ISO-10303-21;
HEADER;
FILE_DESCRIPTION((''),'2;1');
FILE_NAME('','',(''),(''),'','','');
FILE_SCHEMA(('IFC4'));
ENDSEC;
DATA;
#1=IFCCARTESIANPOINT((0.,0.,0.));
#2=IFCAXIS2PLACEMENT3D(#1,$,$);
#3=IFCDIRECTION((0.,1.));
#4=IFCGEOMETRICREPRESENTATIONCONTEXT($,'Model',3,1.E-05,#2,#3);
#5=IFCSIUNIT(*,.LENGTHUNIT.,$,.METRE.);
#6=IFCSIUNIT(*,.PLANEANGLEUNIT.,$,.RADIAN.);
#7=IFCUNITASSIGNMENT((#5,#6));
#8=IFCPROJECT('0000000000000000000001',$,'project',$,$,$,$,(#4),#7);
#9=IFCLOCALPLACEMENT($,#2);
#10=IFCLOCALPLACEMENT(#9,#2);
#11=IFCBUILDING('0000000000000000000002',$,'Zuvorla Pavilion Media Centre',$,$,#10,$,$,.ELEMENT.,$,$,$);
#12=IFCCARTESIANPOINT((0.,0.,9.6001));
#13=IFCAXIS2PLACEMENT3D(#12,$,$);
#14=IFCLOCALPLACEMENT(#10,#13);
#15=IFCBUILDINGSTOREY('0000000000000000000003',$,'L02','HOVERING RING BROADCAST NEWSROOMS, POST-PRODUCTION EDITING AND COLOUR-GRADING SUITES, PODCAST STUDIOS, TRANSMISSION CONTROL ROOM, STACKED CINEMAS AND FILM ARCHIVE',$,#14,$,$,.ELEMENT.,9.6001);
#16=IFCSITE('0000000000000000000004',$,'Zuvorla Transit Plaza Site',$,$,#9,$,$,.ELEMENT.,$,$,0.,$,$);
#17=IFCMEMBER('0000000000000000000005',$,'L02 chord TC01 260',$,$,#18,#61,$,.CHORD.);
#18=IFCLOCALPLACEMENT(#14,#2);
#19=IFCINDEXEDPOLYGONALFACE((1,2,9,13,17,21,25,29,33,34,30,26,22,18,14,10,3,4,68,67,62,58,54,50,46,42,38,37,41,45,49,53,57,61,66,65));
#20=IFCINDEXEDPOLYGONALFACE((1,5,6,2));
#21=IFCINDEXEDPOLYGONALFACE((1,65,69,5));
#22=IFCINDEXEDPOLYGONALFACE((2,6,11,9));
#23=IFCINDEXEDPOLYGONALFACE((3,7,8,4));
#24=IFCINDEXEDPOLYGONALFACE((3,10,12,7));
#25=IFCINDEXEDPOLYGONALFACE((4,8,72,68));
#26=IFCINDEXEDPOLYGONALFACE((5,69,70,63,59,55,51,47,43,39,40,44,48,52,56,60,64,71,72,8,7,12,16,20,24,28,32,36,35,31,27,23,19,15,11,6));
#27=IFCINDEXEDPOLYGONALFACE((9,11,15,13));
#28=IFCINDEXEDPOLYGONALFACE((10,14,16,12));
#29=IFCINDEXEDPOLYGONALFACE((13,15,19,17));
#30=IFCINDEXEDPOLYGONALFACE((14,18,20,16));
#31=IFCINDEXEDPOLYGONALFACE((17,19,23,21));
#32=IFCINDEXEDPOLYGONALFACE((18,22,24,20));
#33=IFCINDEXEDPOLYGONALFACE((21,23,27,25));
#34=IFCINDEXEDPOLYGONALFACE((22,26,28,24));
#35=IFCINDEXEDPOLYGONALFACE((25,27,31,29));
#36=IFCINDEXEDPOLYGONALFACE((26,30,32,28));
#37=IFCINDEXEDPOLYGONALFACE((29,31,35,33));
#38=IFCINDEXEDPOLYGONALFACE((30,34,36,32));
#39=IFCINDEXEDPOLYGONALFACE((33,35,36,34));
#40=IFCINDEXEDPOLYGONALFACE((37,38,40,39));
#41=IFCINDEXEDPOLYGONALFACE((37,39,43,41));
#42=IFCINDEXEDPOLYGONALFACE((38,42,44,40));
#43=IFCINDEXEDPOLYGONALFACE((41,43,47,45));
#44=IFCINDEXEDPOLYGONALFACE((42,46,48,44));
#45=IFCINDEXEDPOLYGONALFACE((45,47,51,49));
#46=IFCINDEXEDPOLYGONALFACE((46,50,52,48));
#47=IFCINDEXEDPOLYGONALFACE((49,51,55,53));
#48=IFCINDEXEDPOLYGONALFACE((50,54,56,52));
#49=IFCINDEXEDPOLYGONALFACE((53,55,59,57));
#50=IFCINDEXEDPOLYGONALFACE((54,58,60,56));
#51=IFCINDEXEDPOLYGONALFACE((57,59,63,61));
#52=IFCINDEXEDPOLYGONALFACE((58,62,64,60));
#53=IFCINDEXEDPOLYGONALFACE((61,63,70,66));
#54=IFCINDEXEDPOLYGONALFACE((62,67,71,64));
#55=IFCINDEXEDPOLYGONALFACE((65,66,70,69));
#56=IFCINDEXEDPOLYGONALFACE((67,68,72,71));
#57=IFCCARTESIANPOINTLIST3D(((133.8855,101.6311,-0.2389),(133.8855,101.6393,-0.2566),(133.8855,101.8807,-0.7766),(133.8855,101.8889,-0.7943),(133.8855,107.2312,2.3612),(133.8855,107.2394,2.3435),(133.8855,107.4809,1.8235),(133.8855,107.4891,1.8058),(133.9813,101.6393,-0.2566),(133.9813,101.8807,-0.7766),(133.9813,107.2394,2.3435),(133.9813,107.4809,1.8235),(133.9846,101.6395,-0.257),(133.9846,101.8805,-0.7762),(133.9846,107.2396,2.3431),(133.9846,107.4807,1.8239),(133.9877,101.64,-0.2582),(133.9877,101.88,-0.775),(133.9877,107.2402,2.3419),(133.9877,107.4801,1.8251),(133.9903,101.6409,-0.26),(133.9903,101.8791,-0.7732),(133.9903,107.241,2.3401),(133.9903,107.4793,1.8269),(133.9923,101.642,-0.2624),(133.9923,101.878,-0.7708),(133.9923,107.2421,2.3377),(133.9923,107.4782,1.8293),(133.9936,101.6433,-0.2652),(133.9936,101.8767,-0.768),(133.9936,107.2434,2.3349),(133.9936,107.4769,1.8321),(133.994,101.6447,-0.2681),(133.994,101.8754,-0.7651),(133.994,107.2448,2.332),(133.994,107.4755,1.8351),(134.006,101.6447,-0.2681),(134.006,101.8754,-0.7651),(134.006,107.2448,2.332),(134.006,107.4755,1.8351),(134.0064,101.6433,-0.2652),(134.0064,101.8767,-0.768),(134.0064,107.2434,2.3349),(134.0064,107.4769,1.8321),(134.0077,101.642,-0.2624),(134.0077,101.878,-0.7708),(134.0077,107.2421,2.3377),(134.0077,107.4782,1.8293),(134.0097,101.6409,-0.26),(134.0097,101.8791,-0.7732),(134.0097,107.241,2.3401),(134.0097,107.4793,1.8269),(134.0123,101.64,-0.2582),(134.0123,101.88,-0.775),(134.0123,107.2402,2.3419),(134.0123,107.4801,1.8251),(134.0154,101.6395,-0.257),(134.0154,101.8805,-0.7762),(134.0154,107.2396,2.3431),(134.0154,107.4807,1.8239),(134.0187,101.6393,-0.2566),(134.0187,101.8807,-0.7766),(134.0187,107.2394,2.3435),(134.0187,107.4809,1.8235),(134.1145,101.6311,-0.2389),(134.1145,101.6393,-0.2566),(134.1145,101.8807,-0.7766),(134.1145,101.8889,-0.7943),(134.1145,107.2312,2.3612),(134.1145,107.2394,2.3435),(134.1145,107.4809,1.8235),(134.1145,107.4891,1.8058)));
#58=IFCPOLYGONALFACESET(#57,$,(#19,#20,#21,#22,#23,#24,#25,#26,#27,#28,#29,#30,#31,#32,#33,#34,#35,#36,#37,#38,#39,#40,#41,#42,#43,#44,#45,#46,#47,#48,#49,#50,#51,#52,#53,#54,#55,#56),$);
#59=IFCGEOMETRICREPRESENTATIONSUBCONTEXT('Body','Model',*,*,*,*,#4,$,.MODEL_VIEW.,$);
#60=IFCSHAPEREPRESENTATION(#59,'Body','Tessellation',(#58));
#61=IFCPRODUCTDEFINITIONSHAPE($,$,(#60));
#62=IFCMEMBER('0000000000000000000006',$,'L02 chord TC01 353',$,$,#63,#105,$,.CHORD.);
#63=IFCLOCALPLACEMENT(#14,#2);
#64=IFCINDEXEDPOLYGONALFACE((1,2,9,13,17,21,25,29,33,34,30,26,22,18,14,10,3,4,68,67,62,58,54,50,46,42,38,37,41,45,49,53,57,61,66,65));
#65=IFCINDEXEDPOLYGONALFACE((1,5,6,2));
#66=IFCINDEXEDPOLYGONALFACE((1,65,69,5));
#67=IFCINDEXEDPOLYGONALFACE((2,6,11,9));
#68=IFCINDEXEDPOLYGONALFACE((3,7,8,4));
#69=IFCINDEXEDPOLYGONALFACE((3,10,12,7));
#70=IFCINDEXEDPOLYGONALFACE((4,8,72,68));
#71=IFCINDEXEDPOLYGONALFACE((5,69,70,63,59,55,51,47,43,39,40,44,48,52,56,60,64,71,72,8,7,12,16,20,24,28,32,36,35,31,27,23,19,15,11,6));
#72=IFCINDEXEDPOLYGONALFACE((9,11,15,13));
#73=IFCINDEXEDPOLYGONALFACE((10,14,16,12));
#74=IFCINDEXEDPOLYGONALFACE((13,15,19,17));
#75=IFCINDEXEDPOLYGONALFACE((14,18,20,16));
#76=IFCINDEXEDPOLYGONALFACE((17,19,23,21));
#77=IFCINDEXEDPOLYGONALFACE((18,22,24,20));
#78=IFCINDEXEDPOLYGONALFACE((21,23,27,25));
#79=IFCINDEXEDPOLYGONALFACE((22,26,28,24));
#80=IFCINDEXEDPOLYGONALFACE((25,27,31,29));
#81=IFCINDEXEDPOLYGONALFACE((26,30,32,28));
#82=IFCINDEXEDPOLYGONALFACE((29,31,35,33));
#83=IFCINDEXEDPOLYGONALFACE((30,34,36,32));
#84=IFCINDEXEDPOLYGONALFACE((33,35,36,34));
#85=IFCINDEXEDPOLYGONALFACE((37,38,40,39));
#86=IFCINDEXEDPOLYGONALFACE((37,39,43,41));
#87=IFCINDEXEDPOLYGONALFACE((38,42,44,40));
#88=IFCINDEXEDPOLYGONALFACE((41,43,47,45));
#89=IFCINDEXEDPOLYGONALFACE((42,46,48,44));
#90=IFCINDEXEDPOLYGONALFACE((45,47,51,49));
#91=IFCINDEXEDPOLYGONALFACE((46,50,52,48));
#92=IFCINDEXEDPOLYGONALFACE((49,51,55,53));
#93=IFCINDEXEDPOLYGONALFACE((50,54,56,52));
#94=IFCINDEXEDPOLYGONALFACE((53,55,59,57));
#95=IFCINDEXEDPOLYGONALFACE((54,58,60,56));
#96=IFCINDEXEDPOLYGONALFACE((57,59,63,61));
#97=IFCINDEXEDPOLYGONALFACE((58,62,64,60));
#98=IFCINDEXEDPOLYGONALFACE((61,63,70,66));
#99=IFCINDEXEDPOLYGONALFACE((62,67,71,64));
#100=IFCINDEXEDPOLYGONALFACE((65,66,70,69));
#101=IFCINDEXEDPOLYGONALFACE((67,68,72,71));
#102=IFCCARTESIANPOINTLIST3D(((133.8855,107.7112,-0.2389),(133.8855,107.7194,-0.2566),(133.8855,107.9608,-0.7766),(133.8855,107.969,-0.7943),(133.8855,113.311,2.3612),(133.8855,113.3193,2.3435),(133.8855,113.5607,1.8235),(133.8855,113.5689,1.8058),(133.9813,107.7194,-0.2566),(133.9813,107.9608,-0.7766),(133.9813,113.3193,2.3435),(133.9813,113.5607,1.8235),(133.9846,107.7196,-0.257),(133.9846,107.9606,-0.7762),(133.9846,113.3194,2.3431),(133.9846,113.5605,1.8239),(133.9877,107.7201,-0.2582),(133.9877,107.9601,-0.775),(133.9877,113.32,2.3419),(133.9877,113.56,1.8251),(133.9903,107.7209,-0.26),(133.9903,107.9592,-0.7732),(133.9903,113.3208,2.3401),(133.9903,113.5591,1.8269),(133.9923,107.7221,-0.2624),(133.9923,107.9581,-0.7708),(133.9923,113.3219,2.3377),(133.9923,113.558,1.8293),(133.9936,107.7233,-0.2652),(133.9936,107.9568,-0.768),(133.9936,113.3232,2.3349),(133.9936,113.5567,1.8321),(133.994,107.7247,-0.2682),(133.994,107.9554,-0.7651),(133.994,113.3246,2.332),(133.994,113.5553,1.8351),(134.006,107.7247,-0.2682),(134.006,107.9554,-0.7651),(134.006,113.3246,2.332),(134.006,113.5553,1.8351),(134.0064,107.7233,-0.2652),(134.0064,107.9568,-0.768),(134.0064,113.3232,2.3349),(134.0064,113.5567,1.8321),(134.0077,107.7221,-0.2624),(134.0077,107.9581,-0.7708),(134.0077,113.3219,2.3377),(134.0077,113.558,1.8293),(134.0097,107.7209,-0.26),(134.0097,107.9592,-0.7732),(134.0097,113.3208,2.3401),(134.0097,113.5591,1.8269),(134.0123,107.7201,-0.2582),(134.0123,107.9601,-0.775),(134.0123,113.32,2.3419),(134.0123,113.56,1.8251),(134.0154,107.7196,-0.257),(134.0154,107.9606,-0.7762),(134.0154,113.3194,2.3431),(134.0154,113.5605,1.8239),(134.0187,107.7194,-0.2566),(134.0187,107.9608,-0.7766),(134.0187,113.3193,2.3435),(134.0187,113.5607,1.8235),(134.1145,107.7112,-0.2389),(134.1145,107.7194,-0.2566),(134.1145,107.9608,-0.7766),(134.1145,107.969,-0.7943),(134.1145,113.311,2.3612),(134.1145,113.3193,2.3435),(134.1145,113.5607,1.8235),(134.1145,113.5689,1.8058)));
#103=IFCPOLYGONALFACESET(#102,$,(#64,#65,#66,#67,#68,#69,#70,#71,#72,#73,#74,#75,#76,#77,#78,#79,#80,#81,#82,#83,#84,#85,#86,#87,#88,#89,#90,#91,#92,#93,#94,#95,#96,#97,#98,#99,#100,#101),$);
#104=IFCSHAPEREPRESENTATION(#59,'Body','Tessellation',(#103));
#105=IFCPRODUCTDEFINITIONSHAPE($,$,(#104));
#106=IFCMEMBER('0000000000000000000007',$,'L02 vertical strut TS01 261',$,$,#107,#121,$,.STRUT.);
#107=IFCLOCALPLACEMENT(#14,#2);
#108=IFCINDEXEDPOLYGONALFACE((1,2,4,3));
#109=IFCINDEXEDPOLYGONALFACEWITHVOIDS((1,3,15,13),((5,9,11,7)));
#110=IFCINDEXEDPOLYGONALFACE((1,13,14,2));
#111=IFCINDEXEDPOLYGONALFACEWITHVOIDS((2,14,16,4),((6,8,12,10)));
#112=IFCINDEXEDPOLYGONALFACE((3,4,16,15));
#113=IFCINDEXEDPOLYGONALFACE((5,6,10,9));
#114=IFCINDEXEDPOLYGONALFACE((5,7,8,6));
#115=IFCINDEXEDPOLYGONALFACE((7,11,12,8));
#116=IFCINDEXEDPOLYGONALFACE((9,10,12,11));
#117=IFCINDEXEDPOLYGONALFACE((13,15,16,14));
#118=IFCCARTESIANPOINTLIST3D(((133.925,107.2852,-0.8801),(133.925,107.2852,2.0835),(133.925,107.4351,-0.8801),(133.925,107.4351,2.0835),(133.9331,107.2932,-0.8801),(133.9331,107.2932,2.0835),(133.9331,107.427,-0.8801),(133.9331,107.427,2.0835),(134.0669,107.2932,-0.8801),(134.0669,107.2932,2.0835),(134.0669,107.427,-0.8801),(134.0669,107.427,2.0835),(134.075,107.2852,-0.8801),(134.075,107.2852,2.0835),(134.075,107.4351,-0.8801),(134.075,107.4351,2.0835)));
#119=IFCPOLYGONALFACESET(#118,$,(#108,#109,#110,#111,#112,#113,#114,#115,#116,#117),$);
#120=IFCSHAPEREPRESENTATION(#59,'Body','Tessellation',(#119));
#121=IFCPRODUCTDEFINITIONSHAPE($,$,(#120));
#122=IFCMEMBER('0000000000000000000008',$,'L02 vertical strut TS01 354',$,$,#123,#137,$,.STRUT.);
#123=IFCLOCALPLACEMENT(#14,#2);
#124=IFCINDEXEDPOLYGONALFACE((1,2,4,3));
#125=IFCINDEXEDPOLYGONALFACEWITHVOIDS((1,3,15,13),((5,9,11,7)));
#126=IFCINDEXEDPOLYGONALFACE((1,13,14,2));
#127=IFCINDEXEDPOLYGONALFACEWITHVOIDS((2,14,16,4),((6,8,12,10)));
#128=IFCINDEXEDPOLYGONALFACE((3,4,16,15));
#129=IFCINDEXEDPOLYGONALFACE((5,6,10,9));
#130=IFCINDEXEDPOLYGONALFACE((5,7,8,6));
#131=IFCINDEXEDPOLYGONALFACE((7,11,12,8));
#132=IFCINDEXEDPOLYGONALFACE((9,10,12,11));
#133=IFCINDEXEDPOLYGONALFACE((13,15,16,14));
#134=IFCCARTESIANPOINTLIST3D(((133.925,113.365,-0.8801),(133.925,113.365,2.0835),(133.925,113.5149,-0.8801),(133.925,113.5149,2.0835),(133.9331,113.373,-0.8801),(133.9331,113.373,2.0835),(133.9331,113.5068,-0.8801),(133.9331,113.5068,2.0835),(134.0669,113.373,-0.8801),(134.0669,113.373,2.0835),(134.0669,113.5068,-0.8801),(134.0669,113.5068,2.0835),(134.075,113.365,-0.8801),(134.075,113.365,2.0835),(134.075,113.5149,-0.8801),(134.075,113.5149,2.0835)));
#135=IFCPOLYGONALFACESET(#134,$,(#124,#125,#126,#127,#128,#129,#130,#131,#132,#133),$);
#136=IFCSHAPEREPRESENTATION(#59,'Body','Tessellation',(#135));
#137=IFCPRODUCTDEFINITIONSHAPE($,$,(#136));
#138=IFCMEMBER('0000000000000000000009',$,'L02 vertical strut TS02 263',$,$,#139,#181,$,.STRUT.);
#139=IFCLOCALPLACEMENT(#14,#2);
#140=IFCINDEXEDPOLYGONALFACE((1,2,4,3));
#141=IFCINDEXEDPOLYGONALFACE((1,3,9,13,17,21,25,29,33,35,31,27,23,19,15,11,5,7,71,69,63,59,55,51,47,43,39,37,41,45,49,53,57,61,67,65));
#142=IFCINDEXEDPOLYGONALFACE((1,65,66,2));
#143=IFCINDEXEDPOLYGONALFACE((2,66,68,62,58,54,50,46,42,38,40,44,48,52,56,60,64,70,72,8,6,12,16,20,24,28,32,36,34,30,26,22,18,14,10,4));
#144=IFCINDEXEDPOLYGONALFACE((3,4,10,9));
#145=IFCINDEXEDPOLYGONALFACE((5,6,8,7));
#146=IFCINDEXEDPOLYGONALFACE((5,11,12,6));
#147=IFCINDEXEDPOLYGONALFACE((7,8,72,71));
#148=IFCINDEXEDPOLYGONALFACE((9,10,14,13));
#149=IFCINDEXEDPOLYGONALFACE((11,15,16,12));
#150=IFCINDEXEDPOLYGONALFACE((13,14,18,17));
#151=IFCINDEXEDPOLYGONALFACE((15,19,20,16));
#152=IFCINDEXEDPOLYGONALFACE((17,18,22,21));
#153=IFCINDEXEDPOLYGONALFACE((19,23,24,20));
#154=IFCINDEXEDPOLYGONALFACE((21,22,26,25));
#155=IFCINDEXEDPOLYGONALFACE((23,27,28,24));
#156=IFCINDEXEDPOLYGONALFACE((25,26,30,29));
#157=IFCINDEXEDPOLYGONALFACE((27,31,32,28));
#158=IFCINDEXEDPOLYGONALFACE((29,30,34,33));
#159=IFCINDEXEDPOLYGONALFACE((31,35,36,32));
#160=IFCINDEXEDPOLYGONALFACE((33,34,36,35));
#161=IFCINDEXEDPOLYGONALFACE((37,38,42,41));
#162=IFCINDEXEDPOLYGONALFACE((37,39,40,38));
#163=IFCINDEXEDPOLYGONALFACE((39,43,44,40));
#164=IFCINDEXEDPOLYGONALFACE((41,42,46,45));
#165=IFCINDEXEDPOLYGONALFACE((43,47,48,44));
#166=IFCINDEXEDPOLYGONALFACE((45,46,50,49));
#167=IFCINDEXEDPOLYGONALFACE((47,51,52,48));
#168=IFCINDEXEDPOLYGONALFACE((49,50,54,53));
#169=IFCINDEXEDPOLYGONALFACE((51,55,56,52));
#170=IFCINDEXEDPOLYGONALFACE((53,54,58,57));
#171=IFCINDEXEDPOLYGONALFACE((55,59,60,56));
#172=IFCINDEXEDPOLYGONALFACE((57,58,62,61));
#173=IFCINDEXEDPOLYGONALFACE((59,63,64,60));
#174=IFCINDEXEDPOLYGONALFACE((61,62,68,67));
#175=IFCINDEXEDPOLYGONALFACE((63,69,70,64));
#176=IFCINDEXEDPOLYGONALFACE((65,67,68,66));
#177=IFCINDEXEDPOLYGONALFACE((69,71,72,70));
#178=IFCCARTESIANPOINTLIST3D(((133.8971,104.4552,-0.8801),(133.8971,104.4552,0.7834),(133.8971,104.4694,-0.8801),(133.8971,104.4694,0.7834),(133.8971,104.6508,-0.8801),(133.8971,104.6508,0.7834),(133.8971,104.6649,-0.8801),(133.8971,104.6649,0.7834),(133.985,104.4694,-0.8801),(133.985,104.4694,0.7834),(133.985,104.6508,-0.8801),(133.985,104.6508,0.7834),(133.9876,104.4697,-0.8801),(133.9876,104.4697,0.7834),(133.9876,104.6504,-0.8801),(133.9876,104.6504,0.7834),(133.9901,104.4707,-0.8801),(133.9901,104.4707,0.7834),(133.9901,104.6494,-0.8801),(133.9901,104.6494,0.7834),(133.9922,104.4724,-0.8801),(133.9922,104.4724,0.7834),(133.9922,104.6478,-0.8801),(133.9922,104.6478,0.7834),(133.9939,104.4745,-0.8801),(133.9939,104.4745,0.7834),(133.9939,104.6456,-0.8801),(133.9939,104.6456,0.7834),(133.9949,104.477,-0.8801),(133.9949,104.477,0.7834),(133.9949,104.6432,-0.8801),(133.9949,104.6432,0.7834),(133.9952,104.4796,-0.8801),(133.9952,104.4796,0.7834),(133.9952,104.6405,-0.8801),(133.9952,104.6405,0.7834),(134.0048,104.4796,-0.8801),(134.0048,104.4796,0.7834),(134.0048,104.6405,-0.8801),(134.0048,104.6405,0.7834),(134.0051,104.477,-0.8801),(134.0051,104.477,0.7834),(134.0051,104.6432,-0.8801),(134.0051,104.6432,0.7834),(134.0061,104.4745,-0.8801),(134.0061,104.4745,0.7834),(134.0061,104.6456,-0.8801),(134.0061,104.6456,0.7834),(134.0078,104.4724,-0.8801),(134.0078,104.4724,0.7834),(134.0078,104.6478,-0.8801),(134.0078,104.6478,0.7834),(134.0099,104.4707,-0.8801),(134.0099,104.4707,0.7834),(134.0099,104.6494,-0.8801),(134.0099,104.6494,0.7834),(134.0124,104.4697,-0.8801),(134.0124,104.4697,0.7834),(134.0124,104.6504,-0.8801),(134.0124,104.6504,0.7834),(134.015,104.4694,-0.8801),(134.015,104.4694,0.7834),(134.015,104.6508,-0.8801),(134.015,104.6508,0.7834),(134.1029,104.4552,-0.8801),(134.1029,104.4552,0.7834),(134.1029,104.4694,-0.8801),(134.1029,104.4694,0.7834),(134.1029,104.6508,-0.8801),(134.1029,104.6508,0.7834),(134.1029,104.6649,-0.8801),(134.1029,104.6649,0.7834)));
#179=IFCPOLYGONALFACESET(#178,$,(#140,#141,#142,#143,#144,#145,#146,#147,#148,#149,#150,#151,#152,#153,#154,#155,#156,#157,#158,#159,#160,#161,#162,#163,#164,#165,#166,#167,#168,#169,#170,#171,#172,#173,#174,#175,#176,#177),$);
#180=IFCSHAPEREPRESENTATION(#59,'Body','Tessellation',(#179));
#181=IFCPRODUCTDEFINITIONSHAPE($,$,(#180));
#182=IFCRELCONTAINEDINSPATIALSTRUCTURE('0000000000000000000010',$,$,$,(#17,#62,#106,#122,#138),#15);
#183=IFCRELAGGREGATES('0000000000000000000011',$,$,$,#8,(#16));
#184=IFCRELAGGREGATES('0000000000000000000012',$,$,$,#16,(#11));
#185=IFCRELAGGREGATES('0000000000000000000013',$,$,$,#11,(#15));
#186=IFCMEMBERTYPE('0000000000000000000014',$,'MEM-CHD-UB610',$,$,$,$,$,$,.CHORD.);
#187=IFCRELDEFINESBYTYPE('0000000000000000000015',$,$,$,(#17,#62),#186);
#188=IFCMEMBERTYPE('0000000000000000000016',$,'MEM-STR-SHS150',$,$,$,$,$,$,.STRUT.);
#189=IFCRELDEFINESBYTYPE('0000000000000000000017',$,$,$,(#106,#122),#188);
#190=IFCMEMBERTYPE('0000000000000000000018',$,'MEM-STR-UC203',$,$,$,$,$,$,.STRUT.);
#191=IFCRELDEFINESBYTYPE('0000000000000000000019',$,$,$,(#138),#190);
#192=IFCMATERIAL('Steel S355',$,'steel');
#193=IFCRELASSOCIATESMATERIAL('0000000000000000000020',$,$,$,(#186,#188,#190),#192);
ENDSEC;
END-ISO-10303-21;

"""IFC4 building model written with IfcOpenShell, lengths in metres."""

from ifc_helpers import new_model, si_unit, direction, frame, origin, origin_2d, place, context, subcontext, project, spatial, hollow_rectangle, i_section, extrude, material, material_profile, profile_set, type_object, element, save


model = new_model("IFC4")

# Units and contexts
model_context = context("Model", 3, precision=1e-05, world=origin(), true_north=direction((0.0, 1.0)))
body_context = subcontext(model_context, "Body", "Model", "MODEL_VIEW")
ifc_project = project(units=[si_unit("LENGTHUNIT", "METRE"), si_unit("PLANEANGLEUNIT", "RADIAN")], contexts=[model_context])

# Site, building, storey
site_placement = place(None, origin())
site = spatial("IfcSite", under=ifc_project, at=site_placement, Name="Zuvorla Transit Plaza Site", CompositionType="ELEMENT", RefElevation=0.0)
building_placement = place(site_placement, origin())
building = spatial("IfcBuilding", under=site, at=building_placement, Name="Zuvorla Pavilion Media Centre", CompositionType="ELEMENT")
storey_placement = place(building_placement, frame((0.0, 0.0, 9.6001)))
storey = spatial("IfcBuildingStorey", under=building, at=storey_placement, Name="L02", Description="HOVERING RING BROADCAST NEWSROOMS, POST-PRODUCTION EDITING AND COLOUR-GRADING SUITES, PODCAST STUDIOS, TRANSMISSION CONTROL ROOM, STACKED CINEMAS AND FILM ARCHIVE", CompositionType="ELEMENT", Elevation=9.6001)

# Members
ifc_material_1 = material(Name="Steel S355", Category="steel")
ifc_material_profile_1 = material_profile(ifc_material_1, i_section(OverallWidth=0.229, OverallDepth=0.6123, WebThickness=0.012, FlangeThickness=0.0195, FilletRadius=0.0127, at=origin_2d()), Name="UB 610x229x125")
ifc_profile_set_1 = profile_set([ifc_material_profile_1], Name="Steel S355")
member_type_1 = type_object("IfcMemberType", Name="MEM-CHD-UB610", PredefinedType="CHORD", material=ifc_profile_set_1)
member_1_placement = place(storey_placement, frame((134.0, 101.76, -0.5166), z_axis=(0.0, 0.907006, 0.421118), x_axis=(-1.0, 0.0, 0.0)))
element("IfcMember", 1, at=member_1_placement, inside=storey, type_object=member_type_1, Name="L02 chord TC01 260", PredefinedType="CHORD", context=body_context, shape_type="SweptSolid", body=[
    extrude(i_section(OverallWidth=0.229, OverallDepth=0.6123, WebThickness=0.012, FlangeThickness=0.0195, FilletRadius=0.0127, at=origin_2d()), origin(), (0.0, 0.0, 1.0), 6.1743),
])
member_2_placement = place(storey_placement, frame((134.0, 107.8401, -0.5166), z_axis=(0.0, 0.906999, 0.421133), x_axis=(-1.0, 0.0, 0.0)))
element("IfcMember", 2, at=member_2_placement, inside=storey, type_object=member_type_1, Name="L02 chord TC01 353", PredefinedType="CHORD", context=body_context, shape_type="SweptSolid", body=[
    extrude(i_section(OverallWidth=0.229, OverallDepth=0.6123, WebThickness=0.012, FlangeThickness=0.0195, FilletRadius=0.0127, at=origin_2d()), origin(), (0.0, 0.0, 1.0), 6.1741),
])
ifc_material_profile_2 = material_profile(ifc_material_1, hollow_rectangle(XDim=0.1499, YDim=0.1499, WallThickness=0.0081, at=origin_2d()), Name="SHS 150x150x8")
ifc_profile_set_2 = profile_set([ifc_material_profile_2], Name="Steel S355")
member_type_2 = type_object("IfcMemberType", Name="MEM-STR-SHS150", PredefinedType="STRUT", material=ifc_profile_set_2)
for number, where, z_axis, x_axis, name in (
    (3, (134.0, 107.3601, -0.8801), (0.0, 0.0, 1.0), (1.0, 0.0, 0.0), "L02 vertical strut TS01 261"),
    (4, (134.0, 113.4399, -0.8801), (0.0, 0.0, 1.0), (1.0, 0.0, 0.0), "L02 vertical strut TS01 354"),
):
    element("IfcMember", number, at=place(storey_placement, frame(where, z_axis=z_axis, x_axis=x_axis)), inside=storey, type_object=member_type_2, Name=name, PredefinedType="STRUT", context=body_context, shape_type="SweptSolid", body=[
        extrude(hollow_rectangle(XDim=0.1499, YDim=0.1499, WallThickness=0.0081, at=origin_2d()), origin(), (0.0, 0.0, 1.0), 2.9636),
    ])
ifc_material_profile_3 = material_profile(ifc_material_1, i_section(OverallWidth=0.2058, OverallDepth=0.2097, WebThickness=0.0095, FlangeThickness=0.0142, FilletRadius=0.0103, at=origin_2d()), Name="UC 203x203x60")
ifc_profile_set_3 = profile_set([ifc_material_profile_3], Name="Steel S355")
member_type_3 = type_object("IfcMemberType", Name="MEM-STR-UC203", PredefinedType="STRUT", material=ifc_profile_set_3)
for number, where, z_axis, x_axis, name in (
    (5, (134.0, 104.5601, -0.8801), (0.0, 0.0, 1.0), (1.0, 0.0, 0.0), "L02 vertical strut TS02 263"),
):
    element("IfcMember", number, at=place(storey_placement, frame(where, z_axis=z_axis, x_axis=x_axis)), inside=storey, type_object=member_type_3, Name=name, PredefinedType="STRUT", context=body_context, shape_type="SweptSolid", body=[
        extrude(i_section(OverallWidth=0.2058, OverallDepth=0.2097, WebThickness=0.0095, FlangeThickness=0.0142, FilletRadius=0.0103, at=origin_2d()), origin(), (0.0, 0.0, 1.0), 1.6636),
    ])

save(model, "model.ifc")
